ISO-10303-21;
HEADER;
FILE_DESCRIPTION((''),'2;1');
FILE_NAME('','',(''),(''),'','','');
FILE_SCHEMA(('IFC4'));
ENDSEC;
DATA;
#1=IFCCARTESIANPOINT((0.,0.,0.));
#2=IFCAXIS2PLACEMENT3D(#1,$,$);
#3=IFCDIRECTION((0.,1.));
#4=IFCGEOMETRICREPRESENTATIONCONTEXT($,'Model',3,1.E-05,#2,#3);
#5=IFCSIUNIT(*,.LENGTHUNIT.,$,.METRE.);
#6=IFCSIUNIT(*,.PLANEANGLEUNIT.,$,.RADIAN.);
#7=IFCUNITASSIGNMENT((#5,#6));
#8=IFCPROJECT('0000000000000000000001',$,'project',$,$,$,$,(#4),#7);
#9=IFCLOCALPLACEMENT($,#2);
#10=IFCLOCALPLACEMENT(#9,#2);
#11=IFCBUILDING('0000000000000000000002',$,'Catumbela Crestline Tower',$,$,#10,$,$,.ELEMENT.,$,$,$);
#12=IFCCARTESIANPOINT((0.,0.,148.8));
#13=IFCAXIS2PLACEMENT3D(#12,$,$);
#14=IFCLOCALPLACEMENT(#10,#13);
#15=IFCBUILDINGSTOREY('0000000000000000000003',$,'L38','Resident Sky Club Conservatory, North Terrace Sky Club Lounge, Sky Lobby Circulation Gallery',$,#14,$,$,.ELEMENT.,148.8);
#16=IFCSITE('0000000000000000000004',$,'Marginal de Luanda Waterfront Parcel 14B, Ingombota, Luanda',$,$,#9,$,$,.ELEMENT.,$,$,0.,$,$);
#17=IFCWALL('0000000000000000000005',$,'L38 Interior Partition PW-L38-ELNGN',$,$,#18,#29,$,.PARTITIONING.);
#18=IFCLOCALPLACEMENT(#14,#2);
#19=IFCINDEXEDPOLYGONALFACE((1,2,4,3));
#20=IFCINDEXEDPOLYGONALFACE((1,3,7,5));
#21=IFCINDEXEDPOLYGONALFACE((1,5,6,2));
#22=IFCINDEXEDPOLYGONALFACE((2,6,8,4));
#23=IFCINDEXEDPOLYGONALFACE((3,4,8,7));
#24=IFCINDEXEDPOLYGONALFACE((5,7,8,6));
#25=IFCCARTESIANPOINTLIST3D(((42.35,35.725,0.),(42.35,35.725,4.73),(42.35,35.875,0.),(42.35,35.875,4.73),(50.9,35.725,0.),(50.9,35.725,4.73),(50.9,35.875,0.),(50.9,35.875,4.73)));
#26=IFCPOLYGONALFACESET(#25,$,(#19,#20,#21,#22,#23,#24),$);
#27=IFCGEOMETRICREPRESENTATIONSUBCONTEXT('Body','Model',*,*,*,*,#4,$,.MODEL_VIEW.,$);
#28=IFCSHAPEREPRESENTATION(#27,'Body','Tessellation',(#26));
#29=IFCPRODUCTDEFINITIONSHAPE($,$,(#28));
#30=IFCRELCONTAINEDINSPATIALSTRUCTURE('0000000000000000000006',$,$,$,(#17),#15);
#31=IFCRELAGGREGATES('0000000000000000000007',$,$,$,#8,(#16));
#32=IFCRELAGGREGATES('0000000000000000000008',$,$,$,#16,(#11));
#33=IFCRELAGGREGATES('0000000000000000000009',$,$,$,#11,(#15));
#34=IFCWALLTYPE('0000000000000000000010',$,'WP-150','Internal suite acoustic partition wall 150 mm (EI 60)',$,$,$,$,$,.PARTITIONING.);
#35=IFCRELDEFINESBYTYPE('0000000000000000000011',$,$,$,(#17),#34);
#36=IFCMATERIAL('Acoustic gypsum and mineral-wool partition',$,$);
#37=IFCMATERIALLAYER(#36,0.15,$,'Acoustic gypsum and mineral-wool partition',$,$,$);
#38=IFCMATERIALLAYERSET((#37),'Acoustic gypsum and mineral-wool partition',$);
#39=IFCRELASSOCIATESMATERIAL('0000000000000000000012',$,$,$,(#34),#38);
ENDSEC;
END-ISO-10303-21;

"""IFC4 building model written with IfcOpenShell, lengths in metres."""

from ifc_helpers import new_model, si_unit, direction, frame, frame_2d, origin, place, context, subcontext, project, spatial, rectangle, extrude, material, layer, layer_set, type_object, element, save


model = new_model("IFC4")

# Units and contexts
model_context = context("Model", 3, precision=1e-05, world=origin(), true_north=direction((0.0, 1.0)))
body_context = subcontext(model_context, "Body", "Model", "MODEL_VIEW")
ifc_project = project(units=[si_unit("LENGTHUNIT", "METRE"), si_unit("PLANEANGLEUNIT", "RADIAN")], contexts=[model_context])

# Site, building, storey
site_placement = place(None, origin())
site = spatial("IfcSite", under=ifc_project, at=site_placement, Name="Marginal de Luanda Waterfront Parcel 14B, Ingombota, Luanda", CompositionType="ELEMENT", RefElevation=0.0)
building_placement = place(site_placement, origin())
building = spatial("IfcBuilding", under=site, at=building_placement, Name="Catumbela Crestline Tower", CompositionType="ELEMENT")
storey_placement = place(building_placement, frame((0.0, 0.0, 148.8)))
storey = spatial("IfcBuildingStorey", under=building, at=storey_placement, Name="L38", Description="Resident Sky Club Conservatory, North Terrace Sky Club Lounge, Sky Lobby Circulation Gallery", CompositionType="ELEMENT", Elevation=148.8)

# Shared definitions
ifc_material_1 = material(Name="Acoustic gypsum and mineral-wool partition")

# Wall
ifc_layer_1 = layer(ifc_material_1, 0.15, Name="Acoustic gypsum and mineral-wool partition")
ifc_layer_set_1 = layer_set([ifc_layer_1], Name="Acoustic gypsum and mineral-wool partition")
wall_type_1 = type_object("IfcWallType", Name="WP-150", Description="Internal suite acoustic partition wall 150 mm (EI 60)", PredefinedType="PARTITIONING", material=ifc_layer_set_1)
wall_1_placement = place(storey_placement, frame((42.35, 35.8, 0.0), z_axis=(0.0, 0.0, 1.0), x_axis=(1.0, 0.0, 0.0)))
element("IfcWall", 1, at=wall_1_placement, inside=storey, type_object=wall_type_1, Name="L38 Interior Partition PW-L38-ELNGN", PredefinedType="PARTITIONING", context=body_context, shape_type="SweptSolid", body=[
    extrude(rectangle(XDim=8.55, YDim=0.15, at=frame_2d((4.275, 0.0))), origin(), (0.0, 0.0, 1.0), 4.73),
])

save(model, "model.ifc")
